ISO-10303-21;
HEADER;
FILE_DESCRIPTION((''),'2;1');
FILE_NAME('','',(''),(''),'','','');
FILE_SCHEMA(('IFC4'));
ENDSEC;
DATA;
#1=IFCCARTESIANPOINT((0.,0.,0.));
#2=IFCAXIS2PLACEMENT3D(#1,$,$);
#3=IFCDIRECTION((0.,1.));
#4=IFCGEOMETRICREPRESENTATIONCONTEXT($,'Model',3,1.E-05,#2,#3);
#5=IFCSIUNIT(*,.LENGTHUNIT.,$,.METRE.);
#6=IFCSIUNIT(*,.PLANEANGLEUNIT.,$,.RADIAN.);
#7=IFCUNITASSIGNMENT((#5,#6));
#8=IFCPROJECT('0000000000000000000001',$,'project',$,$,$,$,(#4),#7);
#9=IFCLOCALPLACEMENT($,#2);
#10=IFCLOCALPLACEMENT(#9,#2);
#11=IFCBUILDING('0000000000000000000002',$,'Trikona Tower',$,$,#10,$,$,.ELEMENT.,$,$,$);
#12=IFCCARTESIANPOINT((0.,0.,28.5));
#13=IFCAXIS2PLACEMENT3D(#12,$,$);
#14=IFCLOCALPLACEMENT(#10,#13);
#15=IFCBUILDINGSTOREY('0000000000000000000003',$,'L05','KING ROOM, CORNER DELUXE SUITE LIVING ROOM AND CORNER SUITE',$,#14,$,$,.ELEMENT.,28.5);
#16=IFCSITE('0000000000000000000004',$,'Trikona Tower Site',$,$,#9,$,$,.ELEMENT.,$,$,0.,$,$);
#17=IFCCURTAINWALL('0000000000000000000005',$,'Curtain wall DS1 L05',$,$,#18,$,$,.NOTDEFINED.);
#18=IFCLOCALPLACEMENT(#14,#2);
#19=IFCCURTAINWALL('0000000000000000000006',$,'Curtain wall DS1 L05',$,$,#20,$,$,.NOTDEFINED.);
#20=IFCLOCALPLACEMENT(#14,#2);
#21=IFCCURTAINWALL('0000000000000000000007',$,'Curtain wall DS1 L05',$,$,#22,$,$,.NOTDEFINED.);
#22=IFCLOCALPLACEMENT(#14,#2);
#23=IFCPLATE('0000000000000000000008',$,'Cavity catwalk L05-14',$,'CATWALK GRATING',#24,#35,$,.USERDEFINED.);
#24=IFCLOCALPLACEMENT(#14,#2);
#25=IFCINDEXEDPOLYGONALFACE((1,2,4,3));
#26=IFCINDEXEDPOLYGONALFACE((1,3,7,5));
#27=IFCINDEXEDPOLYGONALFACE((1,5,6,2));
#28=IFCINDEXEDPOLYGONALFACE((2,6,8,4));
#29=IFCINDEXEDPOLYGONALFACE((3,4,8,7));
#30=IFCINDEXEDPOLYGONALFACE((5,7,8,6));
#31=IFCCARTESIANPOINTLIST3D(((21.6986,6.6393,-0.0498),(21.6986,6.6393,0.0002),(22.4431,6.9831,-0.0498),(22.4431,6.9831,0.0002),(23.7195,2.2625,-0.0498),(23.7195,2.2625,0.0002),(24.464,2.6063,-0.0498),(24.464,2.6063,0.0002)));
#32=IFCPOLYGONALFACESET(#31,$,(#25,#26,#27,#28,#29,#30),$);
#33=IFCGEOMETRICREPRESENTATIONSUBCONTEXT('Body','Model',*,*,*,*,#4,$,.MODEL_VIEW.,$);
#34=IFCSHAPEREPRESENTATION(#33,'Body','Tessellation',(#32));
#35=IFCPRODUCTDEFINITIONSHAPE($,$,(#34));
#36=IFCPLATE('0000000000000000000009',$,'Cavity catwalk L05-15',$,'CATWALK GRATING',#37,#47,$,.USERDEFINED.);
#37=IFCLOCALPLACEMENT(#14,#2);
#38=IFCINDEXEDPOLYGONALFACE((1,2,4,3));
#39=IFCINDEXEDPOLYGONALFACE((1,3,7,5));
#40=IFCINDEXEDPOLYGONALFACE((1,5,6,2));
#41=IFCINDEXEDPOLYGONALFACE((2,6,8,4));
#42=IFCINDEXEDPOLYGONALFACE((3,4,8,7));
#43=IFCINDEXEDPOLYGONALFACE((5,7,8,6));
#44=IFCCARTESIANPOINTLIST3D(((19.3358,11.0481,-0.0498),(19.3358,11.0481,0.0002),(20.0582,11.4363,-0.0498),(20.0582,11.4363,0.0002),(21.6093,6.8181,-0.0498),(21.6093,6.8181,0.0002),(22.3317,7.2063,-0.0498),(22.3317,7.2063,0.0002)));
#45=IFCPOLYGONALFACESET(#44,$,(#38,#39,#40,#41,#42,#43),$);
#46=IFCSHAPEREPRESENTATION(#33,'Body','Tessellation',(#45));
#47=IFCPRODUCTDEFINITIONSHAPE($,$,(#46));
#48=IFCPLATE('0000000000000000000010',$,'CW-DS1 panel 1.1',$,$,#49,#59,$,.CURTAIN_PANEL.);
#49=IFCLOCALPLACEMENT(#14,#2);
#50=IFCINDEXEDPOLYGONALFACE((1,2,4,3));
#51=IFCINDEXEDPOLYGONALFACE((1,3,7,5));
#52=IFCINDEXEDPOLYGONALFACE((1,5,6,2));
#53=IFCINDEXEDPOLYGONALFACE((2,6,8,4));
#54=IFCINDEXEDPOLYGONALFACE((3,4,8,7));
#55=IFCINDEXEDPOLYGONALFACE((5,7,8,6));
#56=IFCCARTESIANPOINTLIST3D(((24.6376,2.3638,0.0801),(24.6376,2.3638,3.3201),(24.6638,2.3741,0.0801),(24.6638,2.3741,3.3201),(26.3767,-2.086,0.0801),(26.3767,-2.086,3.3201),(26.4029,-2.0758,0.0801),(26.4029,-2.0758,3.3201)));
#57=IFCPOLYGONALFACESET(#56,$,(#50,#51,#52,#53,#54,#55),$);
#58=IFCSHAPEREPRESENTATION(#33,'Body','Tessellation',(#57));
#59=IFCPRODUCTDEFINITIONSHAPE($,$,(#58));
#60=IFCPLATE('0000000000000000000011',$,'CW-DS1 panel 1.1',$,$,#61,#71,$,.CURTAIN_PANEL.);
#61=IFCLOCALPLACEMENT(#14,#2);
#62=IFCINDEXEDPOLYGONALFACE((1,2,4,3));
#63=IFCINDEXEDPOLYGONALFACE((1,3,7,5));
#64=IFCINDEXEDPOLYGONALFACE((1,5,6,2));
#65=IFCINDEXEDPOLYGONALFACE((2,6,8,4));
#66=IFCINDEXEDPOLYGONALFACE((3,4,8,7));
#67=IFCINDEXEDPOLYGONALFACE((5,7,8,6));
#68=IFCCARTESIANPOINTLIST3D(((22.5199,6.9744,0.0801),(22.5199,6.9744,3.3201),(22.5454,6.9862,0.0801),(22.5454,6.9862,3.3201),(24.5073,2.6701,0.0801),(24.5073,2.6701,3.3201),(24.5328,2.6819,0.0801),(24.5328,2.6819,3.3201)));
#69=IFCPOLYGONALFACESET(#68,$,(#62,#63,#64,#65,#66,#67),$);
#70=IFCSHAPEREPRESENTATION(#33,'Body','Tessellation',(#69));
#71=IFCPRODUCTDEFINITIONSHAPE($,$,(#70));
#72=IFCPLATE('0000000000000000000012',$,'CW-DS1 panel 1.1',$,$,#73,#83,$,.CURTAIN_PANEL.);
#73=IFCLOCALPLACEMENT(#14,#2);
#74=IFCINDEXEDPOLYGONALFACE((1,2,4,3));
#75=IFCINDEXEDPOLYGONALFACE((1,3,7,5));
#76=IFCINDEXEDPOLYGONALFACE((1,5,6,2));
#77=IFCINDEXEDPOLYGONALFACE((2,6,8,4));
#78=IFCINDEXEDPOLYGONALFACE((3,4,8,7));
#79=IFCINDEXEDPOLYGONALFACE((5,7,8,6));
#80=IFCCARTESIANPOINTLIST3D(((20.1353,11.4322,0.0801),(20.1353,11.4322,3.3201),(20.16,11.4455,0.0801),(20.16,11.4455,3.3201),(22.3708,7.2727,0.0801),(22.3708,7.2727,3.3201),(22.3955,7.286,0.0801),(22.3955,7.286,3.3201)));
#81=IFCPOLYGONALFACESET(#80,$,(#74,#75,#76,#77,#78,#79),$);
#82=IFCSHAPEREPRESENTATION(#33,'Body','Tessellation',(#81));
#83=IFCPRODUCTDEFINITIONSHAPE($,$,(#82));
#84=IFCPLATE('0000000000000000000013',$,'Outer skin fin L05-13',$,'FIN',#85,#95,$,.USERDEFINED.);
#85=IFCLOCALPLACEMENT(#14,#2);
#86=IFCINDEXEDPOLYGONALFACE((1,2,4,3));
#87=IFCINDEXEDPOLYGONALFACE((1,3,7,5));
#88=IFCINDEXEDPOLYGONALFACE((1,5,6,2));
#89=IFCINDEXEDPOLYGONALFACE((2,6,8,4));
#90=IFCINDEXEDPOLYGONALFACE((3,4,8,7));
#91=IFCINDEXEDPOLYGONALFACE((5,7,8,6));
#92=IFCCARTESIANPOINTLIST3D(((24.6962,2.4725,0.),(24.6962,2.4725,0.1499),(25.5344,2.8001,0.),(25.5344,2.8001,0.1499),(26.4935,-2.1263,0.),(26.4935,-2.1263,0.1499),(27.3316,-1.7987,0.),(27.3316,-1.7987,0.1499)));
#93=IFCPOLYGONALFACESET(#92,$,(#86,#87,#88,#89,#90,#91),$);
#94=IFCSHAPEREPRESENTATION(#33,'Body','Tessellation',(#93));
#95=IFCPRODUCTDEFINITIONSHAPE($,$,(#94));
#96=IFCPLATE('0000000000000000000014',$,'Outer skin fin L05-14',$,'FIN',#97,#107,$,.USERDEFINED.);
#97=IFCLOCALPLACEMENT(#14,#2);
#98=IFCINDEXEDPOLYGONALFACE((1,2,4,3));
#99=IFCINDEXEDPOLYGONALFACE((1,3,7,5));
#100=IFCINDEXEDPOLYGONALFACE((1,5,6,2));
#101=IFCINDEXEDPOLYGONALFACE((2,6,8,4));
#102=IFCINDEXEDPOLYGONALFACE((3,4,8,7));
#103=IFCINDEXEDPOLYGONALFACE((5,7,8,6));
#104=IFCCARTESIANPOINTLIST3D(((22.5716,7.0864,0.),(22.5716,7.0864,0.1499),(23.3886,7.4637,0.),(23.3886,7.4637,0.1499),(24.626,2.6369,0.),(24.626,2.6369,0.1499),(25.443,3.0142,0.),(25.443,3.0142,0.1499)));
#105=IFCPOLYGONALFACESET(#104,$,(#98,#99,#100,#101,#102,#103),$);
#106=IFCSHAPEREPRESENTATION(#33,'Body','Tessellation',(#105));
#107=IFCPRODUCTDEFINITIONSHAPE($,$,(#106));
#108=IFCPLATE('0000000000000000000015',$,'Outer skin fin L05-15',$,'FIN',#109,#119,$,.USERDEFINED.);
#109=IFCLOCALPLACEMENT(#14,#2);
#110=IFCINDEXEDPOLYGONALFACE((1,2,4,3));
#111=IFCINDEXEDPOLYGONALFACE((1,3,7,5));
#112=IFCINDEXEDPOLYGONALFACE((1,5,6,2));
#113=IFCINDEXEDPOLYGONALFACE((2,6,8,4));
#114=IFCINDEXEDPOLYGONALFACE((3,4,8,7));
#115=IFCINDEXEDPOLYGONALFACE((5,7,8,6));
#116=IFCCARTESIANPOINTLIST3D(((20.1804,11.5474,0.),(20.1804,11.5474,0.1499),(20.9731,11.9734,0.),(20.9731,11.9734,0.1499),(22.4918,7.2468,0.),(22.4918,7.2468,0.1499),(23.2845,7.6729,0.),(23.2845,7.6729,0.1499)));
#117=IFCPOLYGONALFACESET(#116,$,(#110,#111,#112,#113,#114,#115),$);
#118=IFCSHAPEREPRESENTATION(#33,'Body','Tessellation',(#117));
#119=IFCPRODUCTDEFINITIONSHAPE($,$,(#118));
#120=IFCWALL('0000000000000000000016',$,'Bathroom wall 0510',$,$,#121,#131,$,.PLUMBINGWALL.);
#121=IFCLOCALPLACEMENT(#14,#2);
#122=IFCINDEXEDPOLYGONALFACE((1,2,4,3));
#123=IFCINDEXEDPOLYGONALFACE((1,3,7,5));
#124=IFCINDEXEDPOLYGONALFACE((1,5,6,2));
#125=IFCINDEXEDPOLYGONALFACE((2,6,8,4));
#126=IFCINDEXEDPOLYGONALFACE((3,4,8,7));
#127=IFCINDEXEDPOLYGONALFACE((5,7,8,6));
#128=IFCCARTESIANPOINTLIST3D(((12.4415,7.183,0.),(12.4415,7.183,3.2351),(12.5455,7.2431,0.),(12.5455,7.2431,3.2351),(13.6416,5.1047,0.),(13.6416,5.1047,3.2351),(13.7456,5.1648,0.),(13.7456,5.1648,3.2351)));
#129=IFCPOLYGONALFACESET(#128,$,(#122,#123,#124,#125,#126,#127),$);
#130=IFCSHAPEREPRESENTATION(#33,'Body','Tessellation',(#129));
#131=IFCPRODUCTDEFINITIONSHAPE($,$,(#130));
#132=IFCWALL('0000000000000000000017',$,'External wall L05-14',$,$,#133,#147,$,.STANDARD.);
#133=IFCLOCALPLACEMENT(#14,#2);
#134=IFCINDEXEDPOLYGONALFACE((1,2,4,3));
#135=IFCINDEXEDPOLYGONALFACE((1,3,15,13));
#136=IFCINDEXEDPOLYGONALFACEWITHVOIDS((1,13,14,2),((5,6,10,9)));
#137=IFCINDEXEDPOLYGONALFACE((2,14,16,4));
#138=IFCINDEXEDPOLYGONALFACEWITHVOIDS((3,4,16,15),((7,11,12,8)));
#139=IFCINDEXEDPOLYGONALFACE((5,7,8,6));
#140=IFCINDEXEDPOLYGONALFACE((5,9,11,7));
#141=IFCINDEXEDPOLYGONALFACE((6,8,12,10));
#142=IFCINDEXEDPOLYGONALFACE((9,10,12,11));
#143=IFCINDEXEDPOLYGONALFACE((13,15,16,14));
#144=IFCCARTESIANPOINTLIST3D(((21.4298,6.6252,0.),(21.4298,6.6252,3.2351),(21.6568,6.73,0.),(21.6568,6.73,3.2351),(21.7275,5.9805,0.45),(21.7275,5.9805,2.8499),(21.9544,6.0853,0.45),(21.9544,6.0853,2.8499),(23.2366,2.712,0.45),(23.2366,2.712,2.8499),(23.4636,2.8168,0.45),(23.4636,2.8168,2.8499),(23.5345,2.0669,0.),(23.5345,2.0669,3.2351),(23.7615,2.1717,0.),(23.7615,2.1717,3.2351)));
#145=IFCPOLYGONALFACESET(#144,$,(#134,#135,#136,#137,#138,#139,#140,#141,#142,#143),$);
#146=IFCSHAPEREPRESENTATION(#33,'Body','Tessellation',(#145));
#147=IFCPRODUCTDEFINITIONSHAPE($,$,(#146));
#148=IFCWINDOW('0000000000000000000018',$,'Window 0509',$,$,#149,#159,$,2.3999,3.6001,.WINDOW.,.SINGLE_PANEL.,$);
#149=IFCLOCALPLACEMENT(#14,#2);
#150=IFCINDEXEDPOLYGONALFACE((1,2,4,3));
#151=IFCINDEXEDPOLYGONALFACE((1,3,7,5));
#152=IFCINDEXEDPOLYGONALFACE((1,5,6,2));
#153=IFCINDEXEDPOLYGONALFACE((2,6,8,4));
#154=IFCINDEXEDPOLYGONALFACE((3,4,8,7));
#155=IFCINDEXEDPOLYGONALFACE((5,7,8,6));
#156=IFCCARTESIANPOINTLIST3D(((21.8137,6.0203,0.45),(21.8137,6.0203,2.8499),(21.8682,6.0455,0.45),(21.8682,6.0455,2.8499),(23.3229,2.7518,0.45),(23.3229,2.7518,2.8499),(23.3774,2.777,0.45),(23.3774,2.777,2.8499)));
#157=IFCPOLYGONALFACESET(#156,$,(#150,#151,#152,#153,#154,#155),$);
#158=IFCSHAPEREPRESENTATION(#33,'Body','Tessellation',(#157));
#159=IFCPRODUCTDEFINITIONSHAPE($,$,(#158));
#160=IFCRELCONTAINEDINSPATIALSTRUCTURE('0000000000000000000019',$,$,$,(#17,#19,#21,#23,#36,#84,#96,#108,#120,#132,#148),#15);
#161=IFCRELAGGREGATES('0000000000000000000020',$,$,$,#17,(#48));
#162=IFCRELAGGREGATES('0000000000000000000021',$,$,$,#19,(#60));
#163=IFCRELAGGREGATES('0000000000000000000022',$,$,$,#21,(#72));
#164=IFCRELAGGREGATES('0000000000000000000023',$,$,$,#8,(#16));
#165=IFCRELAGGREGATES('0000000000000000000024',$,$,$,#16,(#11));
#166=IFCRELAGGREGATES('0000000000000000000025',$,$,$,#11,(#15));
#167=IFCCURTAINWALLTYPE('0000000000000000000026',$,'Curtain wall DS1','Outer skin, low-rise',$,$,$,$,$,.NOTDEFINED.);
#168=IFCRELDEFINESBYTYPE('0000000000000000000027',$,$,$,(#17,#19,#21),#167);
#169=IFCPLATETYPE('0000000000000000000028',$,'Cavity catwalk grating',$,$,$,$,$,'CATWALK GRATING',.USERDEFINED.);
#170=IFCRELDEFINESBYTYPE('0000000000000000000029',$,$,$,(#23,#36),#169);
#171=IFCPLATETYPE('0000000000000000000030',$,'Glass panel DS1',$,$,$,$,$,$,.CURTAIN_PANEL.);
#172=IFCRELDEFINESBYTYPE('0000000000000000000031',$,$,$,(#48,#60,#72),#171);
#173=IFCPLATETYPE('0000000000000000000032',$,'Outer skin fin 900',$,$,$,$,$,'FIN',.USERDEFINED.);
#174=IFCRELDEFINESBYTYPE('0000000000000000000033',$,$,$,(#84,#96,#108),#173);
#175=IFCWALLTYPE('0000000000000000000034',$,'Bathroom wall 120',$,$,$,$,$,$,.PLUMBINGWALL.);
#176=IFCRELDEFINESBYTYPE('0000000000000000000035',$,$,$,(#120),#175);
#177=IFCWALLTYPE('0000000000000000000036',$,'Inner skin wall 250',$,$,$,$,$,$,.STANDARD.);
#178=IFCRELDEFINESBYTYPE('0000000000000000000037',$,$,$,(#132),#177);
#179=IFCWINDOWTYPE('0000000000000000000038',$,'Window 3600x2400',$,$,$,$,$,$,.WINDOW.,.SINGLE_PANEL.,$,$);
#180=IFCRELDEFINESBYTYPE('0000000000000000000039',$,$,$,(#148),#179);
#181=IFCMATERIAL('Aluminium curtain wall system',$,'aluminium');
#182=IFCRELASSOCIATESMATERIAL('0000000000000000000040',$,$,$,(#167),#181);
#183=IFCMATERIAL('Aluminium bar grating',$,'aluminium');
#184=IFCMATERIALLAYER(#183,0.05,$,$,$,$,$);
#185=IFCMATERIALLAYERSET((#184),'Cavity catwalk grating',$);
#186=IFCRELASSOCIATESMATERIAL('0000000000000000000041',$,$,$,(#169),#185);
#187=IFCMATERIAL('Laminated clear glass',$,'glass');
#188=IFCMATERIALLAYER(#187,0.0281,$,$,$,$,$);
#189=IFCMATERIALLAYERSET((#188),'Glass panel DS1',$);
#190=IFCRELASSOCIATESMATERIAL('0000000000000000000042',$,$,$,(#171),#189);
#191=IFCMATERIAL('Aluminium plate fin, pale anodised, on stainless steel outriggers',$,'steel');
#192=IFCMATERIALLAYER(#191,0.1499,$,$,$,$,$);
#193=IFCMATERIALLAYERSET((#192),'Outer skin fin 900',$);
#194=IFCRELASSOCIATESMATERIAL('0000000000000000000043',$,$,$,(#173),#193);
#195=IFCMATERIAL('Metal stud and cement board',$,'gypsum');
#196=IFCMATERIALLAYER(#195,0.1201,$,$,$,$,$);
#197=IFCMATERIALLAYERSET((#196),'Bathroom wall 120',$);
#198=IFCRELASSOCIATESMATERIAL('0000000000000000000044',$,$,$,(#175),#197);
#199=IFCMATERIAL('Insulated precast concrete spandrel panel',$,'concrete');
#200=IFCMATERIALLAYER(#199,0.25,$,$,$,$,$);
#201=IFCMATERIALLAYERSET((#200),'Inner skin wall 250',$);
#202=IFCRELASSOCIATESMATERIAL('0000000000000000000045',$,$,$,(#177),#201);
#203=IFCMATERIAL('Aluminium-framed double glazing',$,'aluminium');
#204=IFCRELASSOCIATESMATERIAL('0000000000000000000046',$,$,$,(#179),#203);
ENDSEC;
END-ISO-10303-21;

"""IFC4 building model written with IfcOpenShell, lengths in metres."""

from ifc_helpers import new_model, si_unit, direction, frame, frame_2d, origin, origin_2d, place, context, subcontext, project, spatial, rectangle, extrude, material, layer, layer_set, type_object, element, fill, aggregate, save


model = new_model("IFC4")

# Units and contexts
model_context = context("Model", 3, precision=1e-05, world=origin(), true_north=direction((0.0, 1.0)))
body_context = subcontext(model_context, "Body", "Model", "MODEL_VIEW")
ifc_project = project(units=[si_unit("LENGTHUNIT", "METRE"), si_unit("PLANEANGLEUNIT", "RADIAN")], contexts=[model_context])

# Site, building, storey
site_placement = place(None, origin())
site = spatial("IfcSite", under=ifc_project, at=site_placement, Name="Trikona Tower Site", CompositionType="ELEMENT", RefElevation=0.0)
building_placement = place(site_placement, origin())
building = spatial("IfcBuilding", under=site, at=building_placement, Name="Trikona Tower", CompositionType="ELEMENT")
storey_placement = place(building_placement, frame((0.0, 0.0, 28.5)))
storey = spatial("IfcBuildingStorey", under=building, at=storey_placement, Name="L05", Description="KING ROOM, CORNER DELUXE SUITE LIVING ROOM AND CORNER SUITE", CompositionType="ELEMENT", Elevation=28.5)

# Curtain wall
ifc_material_1 = material(Name="Aluminium curtain wall system", Category="aluminium")
curtain_wall_type = type_object("IfcCurtainWallType", Name="Curtain wall DS1", Description="Outer skin, low-rise", PredefinedType="NOTDEFINED", material=ifc_material_1)
curtain_wall_1_placement = place(storey_placement, origin())
curtain_wall_1 = element("IfcCurtainWall", 1, at=curtain_wall_1_placement, inside=storey, type_object=curtain_wall_type, Name="Curtain wall DS1 L05", PredefinedType="NOTDEFINED")

# Curtain walls
curtain_wall_2_placement = place(storey_placement, origin())
curtain_wall_2 = element("IfcCurtainWall", 2, at=curtain_wall_2_placement, inside=storey, type_object=curtain_wall_type, Name="Curtain wall DS1 L05", PredefinedType="NOTDEFINED")
curtain_wall_3_placement = place(storey_placement, origin())
curtain_wall_3 = element("IfcCurtainWall", 3, at=curtain_wall_3_placement, inside=storey, type_object=curtain_wall_type, Name="Curtain wall DS1 L05", PredefinedType="NOTDEFINED")

# Plates
ifc_material_2 = material(Name="Aluminium bar grating", Category="aluminium")
ifc_layer_1 = layer(ifc_material_2, 0.05)
ifc_layer_set_1 = layer_set([ifc_layer_1], Name="Cavity catwalk grating")
plate_type_1 = type_object("IfcPlateType", Name="Cavity catwalk grating", ElementType="CATWALK GRATING", PredefinedType="USERDEFINED", material=ifc_layer_set_1)
plate_1_placement = place(storey_placement, frame((23.0813, 4.6228, -0.0498), z_axis=(0.0, 0.0, 1.0), x_axis=(-0.419194, 0.907897, 0.0)))
element("IfcPlate", 4, at=plate_1_placement, inside=storey, type_object=plate_type_1, Name="Cavity catwalk L05-14", ObjectType="CATWALK GRATING", PredefinedType="USERDEFINED", context=body_context, shape_type="SweptSolid", body=[
    extrude(rectangle(XDim=4.8208, YDim=0.8201, at=origin_2d()), origin(), (0.0, 0.0, 1.0), 0.05),
])
plate_2_placement = place(storey_placement, frame((20.8337, 9.1272, -0.0498), z_axis=(0.0, 0.0, 1.0), x_axis=(-0.473423, 0.880835, 0.0)))
element("IfcPlate", 5, at=plate_2_placement, inside=storey, type_object=plate_type_1, Name="Cavity catwalk L05-15", ObjectType="CATWALK GRATING", PredefinedType="USERDEFINED", context=body_context, shape_type="SweptSolid", body=[
    extrude(rectangle(XDim=4.8022, YDim=0.8201, at=origin_2d()), origin(), (0.0, 0.0, 1.0), 0.05),
])

# Plates
ifc_material_3 = material(Name="Laminated clear glass", Category="glass")
ifc_layer_2 = layer(ifc_material_3, 0.0281)
ifc_layer_set_2 = layer_set([ifc_layer_2], Name="Glass panel DS1")
plate_type_2 = type_object("IfcPlateType", Name="Glass panel DS1", PredefinedType="CURTAIN_PANEL", material=ifc_layer_set_2)
plate_3_placement = place(storey_placement, frame((25.5203, 0.144, 0.0801), z_axis=(0.0, 0.0, 1.0), x_axis=(-0.364008, 0.931396, 0.0)))
plate_3 = element("IfcPlate", 6, at=plate_3_placement, type_object=plate_type_2, Name="CW-DS1 panel 1.1", PredefinedType="CURTAIN_PANEL", context=body_context, shape_type="SweptSolid", body=[
    extrude(rectangle(XDim=4.7776, YDim=0.0281, at=origin_2d()), origin(), (0.0, 0.0, 1.0), 3.24),
])
aggregate(curtain_wall_1, [plate_3])
plate_4_placement = place(storey_placement, frame((23.5264, 4.8281, 0.0801), z_axis=(0.0, 0.0, 1.0), x_axis=(-0.41919, 0.907898, 0.0)))
plate_4 = element("IfcPlate", 7, at=plate_4_placement, type_object=plate_type_2, Name="CW-DS1 panel 1.1", PredefinedType="CURTAIN_PANEL", context=body_context, shape_type="SweptSolid", body=[
    extrude(rectangle(XDim=4.741, YDim=0.0281, at=origin_2d()), origin(), (0.0, 0.0, 1.0), 3.24),
])
aggregate(curtain_wall_2, [plate_4])
plate_5_placement = place(storey_placement, frame((21.2654, 9.3591, 0.0801), z_axis=(0.0, 0.0, 1.0), x_axis=(-0.473408, 0.880843, 0.0)))
plate_5 = element("IfcPlate", 8, at=plate_5_placement, type_object=plate_type_2, Name="CW-DS1 panel 1.1", PredefinedType="CURTAIN_PANEL", context=body_context, shape_type="SweptSolid", body=[
    extrude(rectangle(XDim=4.7222, YDim=0.0281, at=origin_2d()), origin(), (0.0, 0.0, 1.0), 3.24),
])
aggregate(curtain_wall_3, [plate_5])

# Plates
ifc_material_4 = material(Name="Aluminium plate fin, pale anodised, on stainless steel outriggers", Category="steel")
ifc_layer_3 = layer(ifc_material_4, 0.1499)
ifc_layer_set_3 = layer_set([ifc_layer_3], Name="Outer skin fin 900")
plate_type_3 = type_object("IfcPlateType", Name="Outer skin fin 900", ElementType="FIN", PredefinedType="USERDEFINED", material=ifc_layer_set_3)
plate_6_placement = place(storey_placement, frame((26.0139, 0.3369, 0.0), z_axis=(0.0, 0.0, 1.0), x_axis=(-0.364009, 0.931395, 0.0)))
element("IfcPlate", 9, at=plate_6_placement, inside=storey, type_object=plate_type_3, Name="Outer skin fin L05-13", ObjectType="FIN", PredefinedType="USERDEFINED", context=body_context, shape_type="SweptSolid", body=[
    extrude(rectangle(XDim=4.9375, YDim=0.8999, at=origin_2d()), origin(), (0.0, 0.0, 1.0), 0.1499),
])
plate_7_placement = place(storey_placement, frame((24.0073, 5.0503, 0.0), z_axis=(0.0, 0.0, 1.0), x_axis=(-0.419194, 0.907897, 0.0)))
element("IfcPlate", 10, at=plate_7_placement, inside=storey, type_object=plate_type_3, Name="Outer skin fin L05-14", ObjectType="FIN", PredefinedType="USERDEFINED", context=body_context, shape_type="SweptSolid", body=[
    extrude(rectangle(XDim=4.9009, YDim=0.8999, at=origin_2d()), origin(), (0.0, 0.0, 1.0), 0.1499),
])
plate_8_placement = place(storey_placement, frame((21.7324, 9.6101, 0.0), z_axis=(0.0, 0.0, 1.0), x_axis=(-0.473423, 0.880835, 0.0)))
element("IfcPlate", 11, at=plate_8_placement, inside=storey, type_object=plate_type_3, Name="Outer skin fin L05-15", ObjectType="FIN", PredefinedType="USERDEFINED", context=body_context, shape_type="SweptSolid", body=[
    extrude(rectangle(XDim=4.8823, YDim=0.8999, at=origin_2d()), origin(), (0.0, 0.0, 1.0), 0.1499),
])

# Wall
ifc_material_5 = material(Name="Metal stud and cement board", Category="gypsum")
ifc_layer_4 = layer(ifc_material_5, 0.1201)
ifc_layer_set_4 = layer_set([ifc_layer_4], Name="Bathroom wall 120")
wall_type_1 = type_object("IfcWallType", Name="Bathroom wall 120", PredefinedType="PLUMBINGWALL", material=ifc_layer_set_4)
wall_1_placement = place(storey_placement, frame((13.6936, 5.1348, 0.0), z_axis=(0.0, 0.0, 1.0), x_axis=(-0.500078, 0.865981, 0.0)))
element("IfcWall", 12, at=wall_1_placement, inside=storey, type_object=wall_type_1, Name="Bathroom wall 0510", PredefinedType="PLUMBINGWALL", context=body_context, shape_type="SweptSolid", body=[
    extrude(rectangle(XDim=2.3999, YDim=0.1201, at=frame_2d((1.2, 0.0))), origin(), (0.0, 0.0, 1.0), 3.2351),
])

# Wall, opening, window
ifc_material_6 = material(Name="Insulated precast concrete spandrel panel", Category="concrete")
ifc_layer_5 = layer(ifc_material_6, 0.25)
ifc_layer_set_5 = layer_set([ifc_layer_5], Name="Inner skin wall 250")
wall_type_2 = type_object("IfcWallType", Name="Inner skin wall 250", PredefinedType="STANDARD", material=ifc_layer_set_5)
wall_2_placement = place(storey_placement, frame((23.6479, 2.1194, 0.0), z_axis=(0.0, 0.0, 1.0), x_axis=(-0.419203, 0.907892, 0.0)))
wall_2 = element("IfcWall", 13, at=wall_2_placement, inside=storey, type_object=wall_type_2, Name="External wall L05-14", PredefinedType="STANDARD", context=body_context, shape_type="SweptSolid", body=[
    extrude(rectangle(XDim=5.0208, YDim=0.25, at=frame_2d((2.5103, 0.0))), origin(), (0.0, 0.0, 1.0), 3.2351),
])
opening_1_placement = place(wall_2_placement, frame((0.7104, 0.0, 0.45)))
opening_1 = element("IfcOpeningElement", 14, at=opening_1_placement, cuts=wall_2, PredefinedType="OPENING", context=body_context, shape_type="SweptSolid", body=[
    extrude(rectangle(XDim=3.6001, YDim=2.3999, at=frame_2d((1.8, 1.2))), frame((0.0, 0.135, 0.0), z_axis=(0.0, -1.0, 0.0), x_axis=(1.0, 0.0, 0.0)), (0.0, 0.0, 1.0), 0.27),
])
ifc_material_7 = material(Name="Aluminium-framed double glazing", Category="aluminium")
window_type = type_object("IfcWindowType", Name="Window 3600x2400", PartitioningType="SINGLE_PANEL", PredefinedType="WINDOW", material=ifc_material_7)
window_1_placement = place(opening_1_placement, origin())
window_1 = element("IfcWindow", 15, at=window_1_placement, inside=storey, type_object=window_type, Name="Window 0509", OverallHeight=2.3999, OverallWidth=3.6001, PartitioningType="SINGLE_PANEL", PredefinedType="WINDOW", context=body_context, shape_type="SweptSolid", body=[
    extrude(rectangle(XDim=3.6001, YDim=2.3999, at=frame_2d((1.8, 1.2))), frame((0.0, 0.03, 0.0), z_axis=(0.0, -1.0, 0.0), x_axis=(1.0, 0.0, 0.0)), (0.0, 0.0, 1.0), 0.0601),
])
fill(opening_1, window_1)

save(model, "model.ifc")
